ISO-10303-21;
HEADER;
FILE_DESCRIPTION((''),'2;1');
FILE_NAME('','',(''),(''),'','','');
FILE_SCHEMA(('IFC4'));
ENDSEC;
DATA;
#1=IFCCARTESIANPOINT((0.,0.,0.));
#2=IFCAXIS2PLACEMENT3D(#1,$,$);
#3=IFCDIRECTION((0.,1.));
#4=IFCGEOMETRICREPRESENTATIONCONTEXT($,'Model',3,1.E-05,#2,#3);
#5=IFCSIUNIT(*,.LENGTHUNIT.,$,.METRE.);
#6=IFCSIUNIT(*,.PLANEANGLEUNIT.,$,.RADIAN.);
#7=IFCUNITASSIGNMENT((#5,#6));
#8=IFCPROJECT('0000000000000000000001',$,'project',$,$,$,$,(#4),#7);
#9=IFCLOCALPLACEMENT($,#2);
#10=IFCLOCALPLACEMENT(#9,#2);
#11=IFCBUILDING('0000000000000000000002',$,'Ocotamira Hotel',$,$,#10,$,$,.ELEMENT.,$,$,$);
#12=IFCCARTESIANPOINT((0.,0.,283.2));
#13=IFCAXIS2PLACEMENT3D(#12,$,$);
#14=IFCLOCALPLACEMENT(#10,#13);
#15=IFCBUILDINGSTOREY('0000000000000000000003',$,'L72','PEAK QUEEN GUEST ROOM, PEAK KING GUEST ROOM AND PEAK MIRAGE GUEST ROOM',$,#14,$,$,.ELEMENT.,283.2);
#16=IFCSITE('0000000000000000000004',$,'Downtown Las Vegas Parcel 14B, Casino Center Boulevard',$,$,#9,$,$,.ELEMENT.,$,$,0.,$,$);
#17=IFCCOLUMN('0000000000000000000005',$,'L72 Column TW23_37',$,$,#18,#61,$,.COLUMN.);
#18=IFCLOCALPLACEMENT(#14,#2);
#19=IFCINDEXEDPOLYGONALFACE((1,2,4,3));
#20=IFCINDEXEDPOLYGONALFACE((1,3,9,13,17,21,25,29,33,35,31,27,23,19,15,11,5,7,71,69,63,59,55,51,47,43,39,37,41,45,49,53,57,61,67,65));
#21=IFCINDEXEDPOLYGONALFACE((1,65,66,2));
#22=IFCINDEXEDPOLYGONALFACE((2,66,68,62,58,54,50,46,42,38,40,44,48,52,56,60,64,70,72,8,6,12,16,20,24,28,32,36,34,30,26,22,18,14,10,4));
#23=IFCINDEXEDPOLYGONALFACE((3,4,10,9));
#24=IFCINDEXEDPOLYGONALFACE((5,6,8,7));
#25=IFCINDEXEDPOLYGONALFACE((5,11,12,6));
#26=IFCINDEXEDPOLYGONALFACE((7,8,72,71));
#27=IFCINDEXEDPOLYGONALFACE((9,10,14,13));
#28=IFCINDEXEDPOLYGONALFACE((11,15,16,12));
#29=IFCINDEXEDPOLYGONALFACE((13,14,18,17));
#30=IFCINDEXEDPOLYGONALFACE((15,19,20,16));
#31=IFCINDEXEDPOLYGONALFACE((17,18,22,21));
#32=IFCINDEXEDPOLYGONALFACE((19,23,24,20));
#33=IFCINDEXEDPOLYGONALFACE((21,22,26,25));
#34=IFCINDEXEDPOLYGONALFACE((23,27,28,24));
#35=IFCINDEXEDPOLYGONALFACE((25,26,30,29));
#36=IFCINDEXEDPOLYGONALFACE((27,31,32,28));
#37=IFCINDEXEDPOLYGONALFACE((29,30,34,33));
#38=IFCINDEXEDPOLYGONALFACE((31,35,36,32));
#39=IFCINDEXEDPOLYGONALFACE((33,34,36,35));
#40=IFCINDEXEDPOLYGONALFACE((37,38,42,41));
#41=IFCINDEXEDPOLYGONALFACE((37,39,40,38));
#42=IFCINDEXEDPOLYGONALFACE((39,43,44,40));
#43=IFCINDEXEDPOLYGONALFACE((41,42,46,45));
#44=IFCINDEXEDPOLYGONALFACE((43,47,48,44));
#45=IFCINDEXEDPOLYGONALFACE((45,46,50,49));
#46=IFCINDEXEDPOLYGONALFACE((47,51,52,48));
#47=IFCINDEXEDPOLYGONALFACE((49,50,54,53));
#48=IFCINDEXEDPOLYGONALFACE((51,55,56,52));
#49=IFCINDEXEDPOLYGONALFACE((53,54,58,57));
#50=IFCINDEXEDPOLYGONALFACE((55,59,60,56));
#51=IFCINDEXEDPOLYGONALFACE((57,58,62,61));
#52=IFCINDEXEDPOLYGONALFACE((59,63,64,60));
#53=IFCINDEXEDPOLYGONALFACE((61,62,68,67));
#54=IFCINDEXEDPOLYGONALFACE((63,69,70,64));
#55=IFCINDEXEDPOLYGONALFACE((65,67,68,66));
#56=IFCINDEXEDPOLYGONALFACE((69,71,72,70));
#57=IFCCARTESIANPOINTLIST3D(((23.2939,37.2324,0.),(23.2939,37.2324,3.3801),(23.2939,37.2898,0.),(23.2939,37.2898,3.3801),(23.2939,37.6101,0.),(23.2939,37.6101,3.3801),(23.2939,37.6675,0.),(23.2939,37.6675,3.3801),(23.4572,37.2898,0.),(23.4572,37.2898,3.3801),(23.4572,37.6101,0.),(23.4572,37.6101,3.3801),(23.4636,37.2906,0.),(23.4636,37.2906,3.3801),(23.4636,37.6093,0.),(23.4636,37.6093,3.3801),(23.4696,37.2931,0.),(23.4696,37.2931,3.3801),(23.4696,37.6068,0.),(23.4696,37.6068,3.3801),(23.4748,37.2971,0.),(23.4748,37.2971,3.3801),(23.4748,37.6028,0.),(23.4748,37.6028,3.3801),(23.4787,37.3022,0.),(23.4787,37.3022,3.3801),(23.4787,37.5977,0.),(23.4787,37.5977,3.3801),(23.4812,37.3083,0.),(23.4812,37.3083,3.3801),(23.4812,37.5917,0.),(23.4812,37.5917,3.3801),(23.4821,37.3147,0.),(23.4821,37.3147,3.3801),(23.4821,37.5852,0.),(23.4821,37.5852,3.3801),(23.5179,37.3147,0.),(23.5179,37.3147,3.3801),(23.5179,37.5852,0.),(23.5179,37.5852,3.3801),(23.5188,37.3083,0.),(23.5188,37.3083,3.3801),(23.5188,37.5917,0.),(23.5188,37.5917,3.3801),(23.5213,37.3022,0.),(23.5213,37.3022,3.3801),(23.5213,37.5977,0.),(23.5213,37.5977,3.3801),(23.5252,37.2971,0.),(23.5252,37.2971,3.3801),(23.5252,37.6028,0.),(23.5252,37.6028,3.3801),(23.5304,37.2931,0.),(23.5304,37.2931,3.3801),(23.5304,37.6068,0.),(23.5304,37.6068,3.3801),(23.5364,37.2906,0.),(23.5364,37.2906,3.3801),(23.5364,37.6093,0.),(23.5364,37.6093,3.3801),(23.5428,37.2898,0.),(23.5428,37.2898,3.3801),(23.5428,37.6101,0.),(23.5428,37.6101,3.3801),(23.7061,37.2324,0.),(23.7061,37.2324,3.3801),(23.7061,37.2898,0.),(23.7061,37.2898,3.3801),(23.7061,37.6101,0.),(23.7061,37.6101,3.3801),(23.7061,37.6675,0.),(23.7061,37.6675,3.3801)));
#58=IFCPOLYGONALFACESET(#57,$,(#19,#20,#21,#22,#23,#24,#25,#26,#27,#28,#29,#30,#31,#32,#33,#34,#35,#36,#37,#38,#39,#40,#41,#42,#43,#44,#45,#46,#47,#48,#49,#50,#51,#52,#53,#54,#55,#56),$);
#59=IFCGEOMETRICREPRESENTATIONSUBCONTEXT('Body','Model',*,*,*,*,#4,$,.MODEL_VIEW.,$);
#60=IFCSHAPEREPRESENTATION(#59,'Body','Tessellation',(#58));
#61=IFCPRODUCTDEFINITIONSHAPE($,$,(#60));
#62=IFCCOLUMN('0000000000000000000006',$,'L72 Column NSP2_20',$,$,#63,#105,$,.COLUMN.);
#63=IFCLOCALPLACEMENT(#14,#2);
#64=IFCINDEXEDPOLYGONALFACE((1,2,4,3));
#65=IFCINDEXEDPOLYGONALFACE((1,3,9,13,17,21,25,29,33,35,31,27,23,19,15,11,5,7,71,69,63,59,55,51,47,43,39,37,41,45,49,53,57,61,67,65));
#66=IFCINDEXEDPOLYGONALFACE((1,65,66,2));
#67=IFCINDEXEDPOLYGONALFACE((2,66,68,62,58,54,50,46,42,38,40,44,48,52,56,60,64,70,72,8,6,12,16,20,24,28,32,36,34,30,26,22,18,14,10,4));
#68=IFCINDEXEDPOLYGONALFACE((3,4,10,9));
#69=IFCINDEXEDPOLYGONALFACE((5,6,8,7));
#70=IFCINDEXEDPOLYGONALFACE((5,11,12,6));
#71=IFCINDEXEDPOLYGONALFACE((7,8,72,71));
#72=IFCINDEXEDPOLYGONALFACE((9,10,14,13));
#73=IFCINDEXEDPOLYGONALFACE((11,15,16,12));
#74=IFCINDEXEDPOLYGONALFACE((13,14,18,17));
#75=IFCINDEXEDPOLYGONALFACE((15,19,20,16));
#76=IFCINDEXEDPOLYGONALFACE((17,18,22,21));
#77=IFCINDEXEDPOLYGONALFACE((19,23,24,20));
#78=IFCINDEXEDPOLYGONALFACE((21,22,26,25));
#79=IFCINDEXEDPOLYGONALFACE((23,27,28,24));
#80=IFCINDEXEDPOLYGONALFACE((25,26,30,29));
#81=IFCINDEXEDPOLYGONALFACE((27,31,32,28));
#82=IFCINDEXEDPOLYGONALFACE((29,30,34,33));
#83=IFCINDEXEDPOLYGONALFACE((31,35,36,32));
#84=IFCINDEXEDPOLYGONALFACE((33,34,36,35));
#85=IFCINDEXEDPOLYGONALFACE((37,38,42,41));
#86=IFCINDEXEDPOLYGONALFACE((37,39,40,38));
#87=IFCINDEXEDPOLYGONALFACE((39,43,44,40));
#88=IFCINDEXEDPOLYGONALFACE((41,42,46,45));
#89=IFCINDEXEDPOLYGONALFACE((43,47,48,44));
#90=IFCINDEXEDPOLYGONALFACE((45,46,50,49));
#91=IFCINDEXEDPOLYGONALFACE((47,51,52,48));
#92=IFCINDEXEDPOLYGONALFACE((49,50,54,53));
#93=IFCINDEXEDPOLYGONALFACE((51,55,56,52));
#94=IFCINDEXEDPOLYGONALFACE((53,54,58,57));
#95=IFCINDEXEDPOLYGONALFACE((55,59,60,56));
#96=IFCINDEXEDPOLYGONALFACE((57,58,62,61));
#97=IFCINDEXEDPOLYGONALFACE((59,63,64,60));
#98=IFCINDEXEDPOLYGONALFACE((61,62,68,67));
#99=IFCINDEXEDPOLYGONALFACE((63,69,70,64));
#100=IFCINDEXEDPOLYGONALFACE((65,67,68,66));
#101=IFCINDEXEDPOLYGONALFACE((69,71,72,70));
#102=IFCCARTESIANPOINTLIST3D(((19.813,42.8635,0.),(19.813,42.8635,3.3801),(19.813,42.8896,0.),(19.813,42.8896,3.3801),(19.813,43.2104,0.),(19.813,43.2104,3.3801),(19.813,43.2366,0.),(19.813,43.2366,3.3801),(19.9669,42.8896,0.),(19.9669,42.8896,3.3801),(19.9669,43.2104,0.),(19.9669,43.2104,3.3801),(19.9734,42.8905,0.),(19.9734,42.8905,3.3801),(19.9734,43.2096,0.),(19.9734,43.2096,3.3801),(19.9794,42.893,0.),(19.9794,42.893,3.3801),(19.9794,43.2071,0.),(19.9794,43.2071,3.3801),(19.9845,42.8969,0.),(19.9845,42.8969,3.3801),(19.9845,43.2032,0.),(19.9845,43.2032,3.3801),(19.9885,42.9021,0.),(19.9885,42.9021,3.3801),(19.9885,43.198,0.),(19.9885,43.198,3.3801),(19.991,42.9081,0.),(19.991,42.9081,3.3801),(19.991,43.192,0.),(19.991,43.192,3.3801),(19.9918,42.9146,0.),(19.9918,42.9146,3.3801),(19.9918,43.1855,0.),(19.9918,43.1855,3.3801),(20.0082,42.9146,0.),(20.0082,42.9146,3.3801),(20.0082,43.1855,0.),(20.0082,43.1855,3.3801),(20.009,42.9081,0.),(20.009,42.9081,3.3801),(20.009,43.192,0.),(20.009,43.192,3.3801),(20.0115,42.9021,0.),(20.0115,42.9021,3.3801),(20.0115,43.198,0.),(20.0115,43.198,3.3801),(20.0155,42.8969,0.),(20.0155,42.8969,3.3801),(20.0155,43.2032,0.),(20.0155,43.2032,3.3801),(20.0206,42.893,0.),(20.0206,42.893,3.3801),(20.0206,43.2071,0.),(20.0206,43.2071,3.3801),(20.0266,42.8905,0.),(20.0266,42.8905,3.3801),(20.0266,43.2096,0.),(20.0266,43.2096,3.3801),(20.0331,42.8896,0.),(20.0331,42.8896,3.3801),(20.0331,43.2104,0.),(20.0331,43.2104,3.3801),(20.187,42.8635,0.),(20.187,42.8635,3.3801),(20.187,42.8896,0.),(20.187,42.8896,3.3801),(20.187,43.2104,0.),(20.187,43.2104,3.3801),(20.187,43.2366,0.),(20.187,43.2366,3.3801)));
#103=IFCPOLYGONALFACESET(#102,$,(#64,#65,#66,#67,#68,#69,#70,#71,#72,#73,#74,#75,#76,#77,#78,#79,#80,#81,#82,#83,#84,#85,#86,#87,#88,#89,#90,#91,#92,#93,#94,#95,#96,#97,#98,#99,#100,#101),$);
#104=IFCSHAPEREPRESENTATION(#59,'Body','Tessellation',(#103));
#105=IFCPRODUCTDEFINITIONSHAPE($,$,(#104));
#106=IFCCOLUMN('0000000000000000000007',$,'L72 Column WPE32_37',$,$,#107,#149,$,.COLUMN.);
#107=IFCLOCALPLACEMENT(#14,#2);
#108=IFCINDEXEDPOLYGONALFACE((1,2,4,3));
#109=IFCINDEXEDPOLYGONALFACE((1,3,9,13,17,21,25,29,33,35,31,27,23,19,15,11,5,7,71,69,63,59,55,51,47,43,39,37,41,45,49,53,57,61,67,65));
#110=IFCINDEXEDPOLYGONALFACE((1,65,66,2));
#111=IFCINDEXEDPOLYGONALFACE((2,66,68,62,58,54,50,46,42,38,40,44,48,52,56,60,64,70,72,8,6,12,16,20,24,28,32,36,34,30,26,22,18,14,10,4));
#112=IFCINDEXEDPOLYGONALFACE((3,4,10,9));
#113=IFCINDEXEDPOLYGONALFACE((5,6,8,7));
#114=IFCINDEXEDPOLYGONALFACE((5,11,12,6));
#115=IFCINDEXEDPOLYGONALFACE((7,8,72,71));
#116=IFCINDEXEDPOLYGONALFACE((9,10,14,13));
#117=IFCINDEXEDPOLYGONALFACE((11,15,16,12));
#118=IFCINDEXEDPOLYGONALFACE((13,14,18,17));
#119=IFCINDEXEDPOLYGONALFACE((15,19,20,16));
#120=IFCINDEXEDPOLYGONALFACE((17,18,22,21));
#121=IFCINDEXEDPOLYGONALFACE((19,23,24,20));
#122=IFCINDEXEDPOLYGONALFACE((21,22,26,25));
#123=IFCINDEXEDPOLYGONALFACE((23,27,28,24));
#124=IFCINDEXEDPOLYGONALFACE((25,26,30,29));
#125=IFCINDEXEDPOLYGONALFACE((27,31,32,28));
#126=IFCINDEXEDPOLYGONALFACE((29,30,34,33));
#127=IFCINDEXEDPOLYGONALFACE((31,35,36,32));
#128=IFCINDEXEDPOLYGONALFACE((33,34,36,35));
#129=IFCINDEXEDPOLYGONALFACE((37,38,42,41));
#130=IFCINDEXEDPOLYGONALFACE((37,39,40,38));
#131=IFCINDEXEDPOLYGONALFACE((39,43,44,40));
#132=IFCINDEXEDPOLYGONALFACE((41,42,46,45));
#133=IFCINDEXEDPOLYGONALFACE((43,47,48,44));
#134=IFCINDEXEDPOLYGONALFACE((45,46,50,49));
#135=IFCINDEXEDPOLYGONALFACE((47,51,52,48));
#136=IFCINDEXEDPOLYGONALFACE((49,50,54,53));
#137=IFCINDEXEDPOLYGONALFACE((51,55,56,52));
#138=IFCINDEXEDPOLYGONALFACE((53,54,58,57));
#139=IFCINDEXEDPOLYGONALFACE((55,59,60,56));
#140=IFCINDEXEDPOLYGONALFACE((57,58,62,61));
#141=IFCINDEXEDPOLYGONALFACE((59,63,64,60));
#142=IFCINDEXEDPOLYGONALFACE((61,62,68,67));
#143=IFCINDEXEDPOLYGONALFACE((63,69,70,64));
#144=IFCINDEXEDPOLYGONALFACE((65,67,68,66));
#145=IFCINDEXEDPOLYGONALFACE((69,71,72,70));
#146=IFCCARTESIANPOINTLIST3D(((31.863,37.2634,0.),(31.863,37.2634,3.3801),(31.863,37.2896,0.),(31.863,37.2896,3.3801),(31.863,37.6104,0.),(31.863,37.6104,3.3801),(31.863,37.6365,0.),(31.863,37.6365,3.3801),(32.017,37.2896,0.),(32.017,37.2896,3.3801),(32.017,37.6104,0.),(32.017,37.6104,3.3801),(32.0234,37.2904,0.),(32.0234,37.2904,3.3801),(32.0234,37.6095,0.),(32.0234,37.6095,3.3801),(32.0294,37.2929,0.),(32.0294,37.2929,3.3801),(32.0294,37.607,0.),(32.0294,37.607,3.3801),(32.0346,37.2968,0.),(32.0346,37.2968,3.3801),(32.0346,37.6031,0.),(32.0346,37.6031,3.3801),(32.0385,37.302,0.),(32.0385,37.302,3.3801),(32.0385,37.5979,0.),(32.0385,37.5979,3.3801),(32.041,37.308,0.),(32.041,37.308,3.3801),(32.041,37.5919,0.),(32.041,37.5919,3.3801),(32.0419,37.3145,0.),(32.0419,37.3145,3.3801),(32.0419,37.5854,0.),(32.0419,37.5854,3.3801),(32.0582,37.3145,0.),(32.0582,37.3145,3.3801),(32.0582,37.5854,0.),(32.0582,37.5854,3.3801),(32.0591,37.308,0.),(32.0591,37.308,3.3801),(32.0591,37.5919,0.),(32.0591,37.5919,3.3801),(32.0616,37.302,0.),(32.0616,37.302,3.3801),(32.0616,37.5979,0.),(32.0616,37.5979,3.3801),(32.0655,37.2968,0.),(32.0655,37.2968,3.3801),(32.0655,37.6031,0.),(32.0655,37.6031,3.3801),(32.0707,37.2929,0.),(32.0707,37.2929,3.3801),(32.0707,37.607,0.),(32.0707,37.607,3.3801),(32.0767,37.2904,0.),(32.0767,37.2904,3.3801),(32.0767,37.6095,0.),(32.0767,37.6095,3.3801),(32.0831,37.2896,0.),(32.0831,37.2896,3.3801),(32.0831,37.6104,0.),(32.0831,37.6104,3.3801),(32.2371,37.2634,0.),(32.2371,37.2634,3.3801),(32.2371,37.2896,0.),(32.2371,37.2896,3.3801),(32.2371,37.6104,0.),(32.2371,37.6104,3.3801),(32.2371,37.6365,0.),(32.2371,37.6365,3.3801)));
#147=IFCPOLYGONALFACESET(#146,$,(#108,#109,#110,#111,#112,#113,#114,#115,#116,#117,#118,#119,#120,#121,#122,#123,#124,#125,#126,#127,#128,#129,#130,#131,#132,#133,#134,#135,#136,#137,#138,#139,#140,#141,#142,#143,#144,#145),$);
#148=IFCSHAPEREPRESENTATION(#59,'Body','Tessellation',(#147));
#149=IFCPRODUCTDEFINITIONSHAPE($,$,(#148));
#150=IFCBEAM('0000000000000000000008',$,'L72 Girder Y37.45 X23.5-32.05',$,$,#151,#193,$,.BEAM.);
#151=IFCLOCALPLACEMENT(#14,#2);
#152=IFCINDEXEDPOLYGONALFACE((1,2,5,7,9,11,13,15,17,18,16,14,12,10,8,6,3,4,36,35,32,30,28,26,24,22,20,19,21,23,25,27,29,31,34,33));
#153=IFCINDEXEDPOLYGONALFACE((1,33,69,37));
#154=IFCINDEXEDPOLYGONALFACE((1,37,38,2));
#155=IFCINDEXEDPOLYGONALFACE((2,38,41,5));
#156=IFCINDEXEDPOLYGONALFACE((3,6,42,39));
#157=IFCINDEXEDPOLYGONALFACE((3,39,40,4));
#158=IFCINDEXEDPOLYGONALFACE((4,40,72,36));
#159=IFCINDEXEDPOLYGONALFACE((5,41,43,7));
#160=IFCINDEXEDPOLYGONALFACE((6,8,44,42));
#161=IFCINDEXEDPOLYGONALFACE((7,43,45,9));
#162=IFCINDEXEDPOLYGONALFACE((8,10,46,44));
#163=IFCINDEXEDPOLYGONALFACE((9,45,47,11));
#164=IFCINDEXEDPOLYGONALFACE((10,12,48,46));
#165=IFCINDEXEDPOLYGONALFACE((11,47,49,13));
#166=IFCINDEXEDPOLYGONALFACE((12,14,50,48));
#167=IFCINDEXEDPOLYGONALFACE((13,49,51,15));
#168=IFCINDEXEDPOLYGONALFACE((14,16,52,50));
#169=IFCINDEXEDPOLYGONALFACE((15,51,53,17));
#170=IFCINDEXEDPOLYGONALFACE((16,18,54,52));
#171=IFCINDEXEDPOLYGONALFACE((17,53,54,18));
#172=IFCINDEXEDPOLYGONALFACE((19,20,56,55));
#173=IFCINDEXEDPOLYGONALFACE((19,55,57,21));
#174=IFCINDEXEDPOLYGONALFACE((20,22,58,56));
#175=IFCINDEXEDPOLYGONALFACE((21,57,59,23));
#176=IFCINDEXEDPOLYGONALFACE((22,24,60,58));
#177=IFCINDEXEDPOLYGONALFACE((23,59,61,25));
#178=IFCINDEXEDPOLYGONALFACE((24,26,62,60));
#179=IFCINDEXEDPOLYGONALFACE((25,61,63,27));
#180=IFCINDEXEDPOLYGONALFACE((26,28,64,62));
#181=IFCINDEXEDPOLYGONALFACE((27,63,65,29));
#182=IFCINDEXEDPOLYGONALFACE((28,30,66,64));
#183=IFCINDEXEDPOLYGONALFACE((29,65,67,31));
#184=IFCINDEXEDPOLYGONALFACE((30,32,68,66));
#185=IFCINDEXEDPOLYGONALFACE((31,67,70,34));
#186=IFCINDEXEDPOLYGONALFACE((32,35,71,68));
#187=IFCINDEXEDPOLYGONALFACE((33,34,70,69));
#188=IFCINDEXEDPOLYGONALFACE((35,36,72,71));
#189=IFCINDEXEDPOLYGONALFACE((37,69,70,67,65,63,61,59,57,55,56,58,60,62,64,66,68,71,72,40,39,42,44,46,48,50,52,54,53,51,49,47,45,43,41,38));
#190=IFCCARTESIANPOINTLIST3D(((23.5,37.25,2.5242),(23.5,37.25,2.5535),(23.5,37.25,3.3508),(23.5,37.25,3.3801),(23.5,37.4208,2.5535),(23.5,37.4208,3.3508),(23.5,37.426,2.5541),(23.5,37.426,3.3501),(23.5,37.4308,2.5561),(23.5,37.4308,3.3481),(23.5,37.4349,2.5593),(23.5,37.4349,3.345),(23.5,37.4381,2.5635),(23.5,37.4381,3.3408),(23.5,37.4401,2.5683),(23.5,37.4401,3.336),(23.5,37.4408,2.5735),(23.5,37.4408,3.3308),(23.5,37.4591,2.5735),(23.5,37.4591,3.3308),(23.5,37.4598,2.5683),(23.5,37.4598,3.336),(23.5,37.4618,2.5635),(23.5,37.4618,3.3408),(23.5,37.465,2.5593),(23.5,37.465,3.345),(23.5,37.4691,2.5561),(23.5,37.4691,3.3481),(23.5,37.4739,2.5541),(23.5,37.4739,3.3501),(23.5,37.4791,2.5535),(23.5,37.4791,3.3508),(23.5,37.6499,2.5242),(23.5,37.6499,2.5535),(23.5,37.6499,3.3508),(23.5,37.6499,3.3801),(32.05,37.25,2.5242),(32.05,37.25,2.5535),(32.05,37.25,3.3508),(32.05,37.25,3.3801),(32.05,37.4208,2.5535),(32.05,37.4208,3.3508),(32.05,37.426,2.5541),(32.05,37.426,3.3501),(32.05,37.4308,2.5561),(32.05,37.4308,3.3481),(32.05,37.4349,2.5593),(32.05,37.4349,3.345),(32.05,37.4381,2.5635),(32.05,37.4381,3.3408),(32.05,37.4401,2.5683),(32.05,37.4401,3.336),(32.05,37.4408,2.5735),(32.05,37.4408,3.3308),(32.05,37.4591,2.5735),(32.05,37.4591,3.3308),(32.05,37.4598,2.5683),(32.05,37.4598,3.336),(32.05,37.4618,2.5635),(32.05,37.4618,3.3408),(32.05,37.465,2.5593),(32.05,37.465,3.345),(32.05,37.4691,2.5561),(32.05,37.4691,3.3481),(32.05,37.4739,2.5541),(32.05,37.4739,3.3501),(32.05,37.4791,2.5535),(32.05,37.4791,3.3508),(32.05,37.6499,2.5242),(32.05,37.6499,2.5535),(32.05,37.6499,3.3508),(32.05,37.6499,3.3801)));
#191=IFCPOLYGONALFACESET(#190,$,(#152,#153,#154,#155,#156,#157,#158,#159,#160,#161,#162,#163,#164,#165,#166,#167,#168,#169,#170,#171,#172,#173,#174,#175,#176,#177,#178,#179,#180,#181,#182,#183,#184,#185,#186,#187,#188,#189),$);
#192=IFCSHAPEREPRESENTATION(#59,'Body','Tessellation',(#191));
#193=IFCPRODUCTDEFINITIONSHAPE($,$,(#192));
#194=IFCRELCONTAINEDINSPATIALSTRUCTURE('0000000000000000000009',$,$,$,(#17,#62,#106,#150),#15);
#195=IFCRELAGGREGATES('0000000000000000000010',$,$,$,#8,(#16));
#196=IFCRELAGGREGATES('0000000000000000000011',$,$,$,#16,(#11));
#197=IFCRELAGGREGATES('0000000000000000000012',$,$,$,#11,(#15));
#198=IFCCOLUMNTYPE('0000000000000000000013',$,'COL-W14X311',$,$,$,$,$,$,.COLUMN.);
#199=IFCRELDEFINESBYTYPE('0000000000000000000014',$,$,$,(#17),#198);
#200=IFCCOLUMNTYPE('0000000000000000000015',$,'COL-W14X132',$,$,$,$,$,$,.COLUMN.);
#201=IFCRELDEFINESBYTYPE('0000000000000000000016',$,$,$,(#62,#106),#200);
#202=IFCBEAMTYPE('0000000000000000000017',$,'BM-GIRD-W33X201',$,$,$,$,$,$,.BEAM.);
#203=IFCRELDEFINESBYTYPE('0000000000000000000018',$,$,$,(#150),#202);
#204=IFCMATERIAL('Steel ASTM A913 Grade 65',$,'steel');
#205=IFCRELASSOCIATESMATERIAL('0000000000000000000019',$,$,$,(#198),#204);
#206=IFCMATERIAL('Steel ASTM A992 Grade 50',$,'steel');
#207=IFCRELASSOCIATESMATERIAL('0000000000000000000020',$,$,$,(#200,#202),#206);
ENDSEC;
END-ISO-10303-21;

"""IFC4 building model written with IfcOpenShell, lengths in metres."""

from ifc_helpers import new_model, si_unit, direction, frame, origin, origin_2d, place, context, subcontext, project, spatial, i_section, extrude, source, transform, mapped, material, material_profile, profile_set, type_object, element, save


model = new_model("IFC4")

# Units and contexts
model_context = context("Model", 3, precision=1e-05, world=origin(), true_north=direction((0.0, 1.0)))
body_context = subcontext(model_context, "Body", "Model", "MODEL_VIEW")
ifc_project = project(units=[si_unit("LENGTHUNIT", "METRE"), si_unit("PLANEANGLEUNIT", "RADIAN")], contexts=[model_context])

# Site, building, storey
site_placement = place(None, origin())
site = spatial("IfcSite", under=ifc_project, at=site_placement, Name="Downtown Las Vegas Parcel 14B, Casino Center Boulevard", CompositionType="ELEMENT", RefElevation=0.0)
building_placement = place(site_placement, origin())
building = spatial("IfcBuilding", under=site, at=building_placement, Name="Ocotamira Hotel", CompositionType="ELEMENT")
storey_placement = place(building_placement, frame((0.0, 0.0, 283.2)))
storey = spatial("IfcBuildingStorey", under=building, at=storey_placement, Name="L72", Description="PEAK QUEEN GUEST ROOM, PEAK KING GUEST ROOM AND PEAK MIRAGE GUEST ROOM", CompositionType="ELEMENT", Elevation=283.2)

# Columns
ifc_material_1 = material(Name="Steel ASTM A913 Grade 65", Category="steel")
ifc_material_profile_1 = material_profile(ifc_material_1, i_section(OverallWidth=0.4121, OverallDepth=0.4351, WebThickness=0.0359, FlangeThickness=0.0574, FilletRadius=0.0249, at=origin_2d()), Name="W14X311")
ifc_profile_set_1 = profile_set([ifc_material_profile_1], Name="Steel ASTM A913 Grade 65")
column_type_1 = type_object("IfcColumnType", Name="COL-W14X311", PredefinedType="COLUMN", material=ifc_profile_set_1)
shared_shape_1 = source(origin(), body_context, "Body", "SweptSolid", [
    extrude(i_section(OverallWidth=0.4121, OverallDepth=0.4351, WebThickness=0.0359, FlangeThickness=0.0574, FilletRadius=0.0249, at=origin_2d()), origin(), (0.0, 0.0, 1.0), 3.3801),
])
column_placement = place(storey_placement, frame((23.5, 37.45, 0.0), z_axis=(0.0, 0.0, 1.0), x_axis=(1.0, 0.0, 0.0)))
element("IfcColumn", 1, at=column_placement, inside=storey, type_object=column_type_1, Name="L72 Column TW23_37", PredefinedType="COLUMN", context=body_context, shape_type="MappedRepresentation", body=[
    mapped(shared_shape_1, transform((0.0, 0.0, 0.0), scale=1.0)),
])
ifc_material_2 = material(Name="Steel ASTM A992 Grade 50", Category="steel")
ifc_material_profile_2 = material_profile(ifc_material_2, i_section(OverallWidth=0.374, OverallDepth=0.373, WebThickness=0.0164, FlangeThickness=0.0261, FilletRadius=0.0249, at=origin_2d()), Name="W14X132")
ifc_profile_set_2 = profile_set([ifc_material_profile_2], Name="Steel ASTM A992 Grade 50")
column_type_2 = type_object("IfcColumnType", Name="COL-W14X132", PredefinedType="COLUMN", material=ifc_profile_set_2)
shared_shape_2 = source(origin(), body_context, "Body", "SweptSolid", [
    extrude(i_section(OverallWidth=0.374, OverallDepth=0.373, WebThickness=0.0164, FlangeThickness=0.0261, FilletRadius=0.0249, at=origin_2d()), origin(), (0.0, 0.0, 1.0), 3.3801),
])
for number, where, z_axis, x_axis, name in (
    (2, (20.0, 43.05, 0.0), (0.0, 0.0, 1.0), (1.0, 0.0, 0.0), "L72 Column NSP2_20"),
    (3, (32.05, 37.45, 0.0), (0.0, 0.0, 1.0), (1.0, 0.0, 0.0), "L72 Column WPE32_37"),
):
    element("IfcColumn", number, at=place(storey_placement, frame(where, z_axis=z_axis, x_axis=x_axis)), inside=storey, type_object=column_type_2, Name=name, PredefinedType="COLUMN", context=body_context, shape_type="MappedRepresentation", body=[
        mapped(shared_shape_2, transform((0.0, 0.0, 0.0), scale=1.0)),
    ])

# Beam
ifc_material_profile_3 = material_profile(ifc_material_2, i_section(OverallWidth=0.3999, OverallDepth=0.856, WebThickness=0.0183, FlangeThickness=0.0293, FilletRadius=0.02, at=origin_2d()), Name="W33X201")
ifc_profile_set_3 = profile_set([ifc_material_profile_3], Name="Steel ASTM A992 Grade 50")
beam_type = type_object("IfcBeamType", Name="BM-GIRD-W33X201", PredefinedType="BEAM", material=ifc_profile_set_3)
shared_shape_3 = source(origin(), body_context, "Body", "SweptSolid", [
    extrude(i_section(OverallWidth=0.3999, OverallDepth=0.856, WebThickness=0.0183, FlangeThickness=0.0293, FilletRadius=0.02, at=origin_2d()), origin(), (0.0, 0.0, 1.0), 8.55),
])
beam_placement = place(storey_placement, frame((23.5, 37.45, 2.9521), z_axis=(1.0, 0.0, 0.0), x_axis=(0.0, 1.0, 0.0)))
element("IfcBeam", 4, at=beam_placement, inside=storey, type_object=beam_type, Name="L72 Girder Y37.45 X23.5-32.05", PredefinedType="BEAM", context=body_context, shape_type="MappedRepresentation", body=[
    mapped(shared_shape_3, transform((0.0, 0.0, 0.0), scale=1.0)),
])

save(model, "model.ifc")
